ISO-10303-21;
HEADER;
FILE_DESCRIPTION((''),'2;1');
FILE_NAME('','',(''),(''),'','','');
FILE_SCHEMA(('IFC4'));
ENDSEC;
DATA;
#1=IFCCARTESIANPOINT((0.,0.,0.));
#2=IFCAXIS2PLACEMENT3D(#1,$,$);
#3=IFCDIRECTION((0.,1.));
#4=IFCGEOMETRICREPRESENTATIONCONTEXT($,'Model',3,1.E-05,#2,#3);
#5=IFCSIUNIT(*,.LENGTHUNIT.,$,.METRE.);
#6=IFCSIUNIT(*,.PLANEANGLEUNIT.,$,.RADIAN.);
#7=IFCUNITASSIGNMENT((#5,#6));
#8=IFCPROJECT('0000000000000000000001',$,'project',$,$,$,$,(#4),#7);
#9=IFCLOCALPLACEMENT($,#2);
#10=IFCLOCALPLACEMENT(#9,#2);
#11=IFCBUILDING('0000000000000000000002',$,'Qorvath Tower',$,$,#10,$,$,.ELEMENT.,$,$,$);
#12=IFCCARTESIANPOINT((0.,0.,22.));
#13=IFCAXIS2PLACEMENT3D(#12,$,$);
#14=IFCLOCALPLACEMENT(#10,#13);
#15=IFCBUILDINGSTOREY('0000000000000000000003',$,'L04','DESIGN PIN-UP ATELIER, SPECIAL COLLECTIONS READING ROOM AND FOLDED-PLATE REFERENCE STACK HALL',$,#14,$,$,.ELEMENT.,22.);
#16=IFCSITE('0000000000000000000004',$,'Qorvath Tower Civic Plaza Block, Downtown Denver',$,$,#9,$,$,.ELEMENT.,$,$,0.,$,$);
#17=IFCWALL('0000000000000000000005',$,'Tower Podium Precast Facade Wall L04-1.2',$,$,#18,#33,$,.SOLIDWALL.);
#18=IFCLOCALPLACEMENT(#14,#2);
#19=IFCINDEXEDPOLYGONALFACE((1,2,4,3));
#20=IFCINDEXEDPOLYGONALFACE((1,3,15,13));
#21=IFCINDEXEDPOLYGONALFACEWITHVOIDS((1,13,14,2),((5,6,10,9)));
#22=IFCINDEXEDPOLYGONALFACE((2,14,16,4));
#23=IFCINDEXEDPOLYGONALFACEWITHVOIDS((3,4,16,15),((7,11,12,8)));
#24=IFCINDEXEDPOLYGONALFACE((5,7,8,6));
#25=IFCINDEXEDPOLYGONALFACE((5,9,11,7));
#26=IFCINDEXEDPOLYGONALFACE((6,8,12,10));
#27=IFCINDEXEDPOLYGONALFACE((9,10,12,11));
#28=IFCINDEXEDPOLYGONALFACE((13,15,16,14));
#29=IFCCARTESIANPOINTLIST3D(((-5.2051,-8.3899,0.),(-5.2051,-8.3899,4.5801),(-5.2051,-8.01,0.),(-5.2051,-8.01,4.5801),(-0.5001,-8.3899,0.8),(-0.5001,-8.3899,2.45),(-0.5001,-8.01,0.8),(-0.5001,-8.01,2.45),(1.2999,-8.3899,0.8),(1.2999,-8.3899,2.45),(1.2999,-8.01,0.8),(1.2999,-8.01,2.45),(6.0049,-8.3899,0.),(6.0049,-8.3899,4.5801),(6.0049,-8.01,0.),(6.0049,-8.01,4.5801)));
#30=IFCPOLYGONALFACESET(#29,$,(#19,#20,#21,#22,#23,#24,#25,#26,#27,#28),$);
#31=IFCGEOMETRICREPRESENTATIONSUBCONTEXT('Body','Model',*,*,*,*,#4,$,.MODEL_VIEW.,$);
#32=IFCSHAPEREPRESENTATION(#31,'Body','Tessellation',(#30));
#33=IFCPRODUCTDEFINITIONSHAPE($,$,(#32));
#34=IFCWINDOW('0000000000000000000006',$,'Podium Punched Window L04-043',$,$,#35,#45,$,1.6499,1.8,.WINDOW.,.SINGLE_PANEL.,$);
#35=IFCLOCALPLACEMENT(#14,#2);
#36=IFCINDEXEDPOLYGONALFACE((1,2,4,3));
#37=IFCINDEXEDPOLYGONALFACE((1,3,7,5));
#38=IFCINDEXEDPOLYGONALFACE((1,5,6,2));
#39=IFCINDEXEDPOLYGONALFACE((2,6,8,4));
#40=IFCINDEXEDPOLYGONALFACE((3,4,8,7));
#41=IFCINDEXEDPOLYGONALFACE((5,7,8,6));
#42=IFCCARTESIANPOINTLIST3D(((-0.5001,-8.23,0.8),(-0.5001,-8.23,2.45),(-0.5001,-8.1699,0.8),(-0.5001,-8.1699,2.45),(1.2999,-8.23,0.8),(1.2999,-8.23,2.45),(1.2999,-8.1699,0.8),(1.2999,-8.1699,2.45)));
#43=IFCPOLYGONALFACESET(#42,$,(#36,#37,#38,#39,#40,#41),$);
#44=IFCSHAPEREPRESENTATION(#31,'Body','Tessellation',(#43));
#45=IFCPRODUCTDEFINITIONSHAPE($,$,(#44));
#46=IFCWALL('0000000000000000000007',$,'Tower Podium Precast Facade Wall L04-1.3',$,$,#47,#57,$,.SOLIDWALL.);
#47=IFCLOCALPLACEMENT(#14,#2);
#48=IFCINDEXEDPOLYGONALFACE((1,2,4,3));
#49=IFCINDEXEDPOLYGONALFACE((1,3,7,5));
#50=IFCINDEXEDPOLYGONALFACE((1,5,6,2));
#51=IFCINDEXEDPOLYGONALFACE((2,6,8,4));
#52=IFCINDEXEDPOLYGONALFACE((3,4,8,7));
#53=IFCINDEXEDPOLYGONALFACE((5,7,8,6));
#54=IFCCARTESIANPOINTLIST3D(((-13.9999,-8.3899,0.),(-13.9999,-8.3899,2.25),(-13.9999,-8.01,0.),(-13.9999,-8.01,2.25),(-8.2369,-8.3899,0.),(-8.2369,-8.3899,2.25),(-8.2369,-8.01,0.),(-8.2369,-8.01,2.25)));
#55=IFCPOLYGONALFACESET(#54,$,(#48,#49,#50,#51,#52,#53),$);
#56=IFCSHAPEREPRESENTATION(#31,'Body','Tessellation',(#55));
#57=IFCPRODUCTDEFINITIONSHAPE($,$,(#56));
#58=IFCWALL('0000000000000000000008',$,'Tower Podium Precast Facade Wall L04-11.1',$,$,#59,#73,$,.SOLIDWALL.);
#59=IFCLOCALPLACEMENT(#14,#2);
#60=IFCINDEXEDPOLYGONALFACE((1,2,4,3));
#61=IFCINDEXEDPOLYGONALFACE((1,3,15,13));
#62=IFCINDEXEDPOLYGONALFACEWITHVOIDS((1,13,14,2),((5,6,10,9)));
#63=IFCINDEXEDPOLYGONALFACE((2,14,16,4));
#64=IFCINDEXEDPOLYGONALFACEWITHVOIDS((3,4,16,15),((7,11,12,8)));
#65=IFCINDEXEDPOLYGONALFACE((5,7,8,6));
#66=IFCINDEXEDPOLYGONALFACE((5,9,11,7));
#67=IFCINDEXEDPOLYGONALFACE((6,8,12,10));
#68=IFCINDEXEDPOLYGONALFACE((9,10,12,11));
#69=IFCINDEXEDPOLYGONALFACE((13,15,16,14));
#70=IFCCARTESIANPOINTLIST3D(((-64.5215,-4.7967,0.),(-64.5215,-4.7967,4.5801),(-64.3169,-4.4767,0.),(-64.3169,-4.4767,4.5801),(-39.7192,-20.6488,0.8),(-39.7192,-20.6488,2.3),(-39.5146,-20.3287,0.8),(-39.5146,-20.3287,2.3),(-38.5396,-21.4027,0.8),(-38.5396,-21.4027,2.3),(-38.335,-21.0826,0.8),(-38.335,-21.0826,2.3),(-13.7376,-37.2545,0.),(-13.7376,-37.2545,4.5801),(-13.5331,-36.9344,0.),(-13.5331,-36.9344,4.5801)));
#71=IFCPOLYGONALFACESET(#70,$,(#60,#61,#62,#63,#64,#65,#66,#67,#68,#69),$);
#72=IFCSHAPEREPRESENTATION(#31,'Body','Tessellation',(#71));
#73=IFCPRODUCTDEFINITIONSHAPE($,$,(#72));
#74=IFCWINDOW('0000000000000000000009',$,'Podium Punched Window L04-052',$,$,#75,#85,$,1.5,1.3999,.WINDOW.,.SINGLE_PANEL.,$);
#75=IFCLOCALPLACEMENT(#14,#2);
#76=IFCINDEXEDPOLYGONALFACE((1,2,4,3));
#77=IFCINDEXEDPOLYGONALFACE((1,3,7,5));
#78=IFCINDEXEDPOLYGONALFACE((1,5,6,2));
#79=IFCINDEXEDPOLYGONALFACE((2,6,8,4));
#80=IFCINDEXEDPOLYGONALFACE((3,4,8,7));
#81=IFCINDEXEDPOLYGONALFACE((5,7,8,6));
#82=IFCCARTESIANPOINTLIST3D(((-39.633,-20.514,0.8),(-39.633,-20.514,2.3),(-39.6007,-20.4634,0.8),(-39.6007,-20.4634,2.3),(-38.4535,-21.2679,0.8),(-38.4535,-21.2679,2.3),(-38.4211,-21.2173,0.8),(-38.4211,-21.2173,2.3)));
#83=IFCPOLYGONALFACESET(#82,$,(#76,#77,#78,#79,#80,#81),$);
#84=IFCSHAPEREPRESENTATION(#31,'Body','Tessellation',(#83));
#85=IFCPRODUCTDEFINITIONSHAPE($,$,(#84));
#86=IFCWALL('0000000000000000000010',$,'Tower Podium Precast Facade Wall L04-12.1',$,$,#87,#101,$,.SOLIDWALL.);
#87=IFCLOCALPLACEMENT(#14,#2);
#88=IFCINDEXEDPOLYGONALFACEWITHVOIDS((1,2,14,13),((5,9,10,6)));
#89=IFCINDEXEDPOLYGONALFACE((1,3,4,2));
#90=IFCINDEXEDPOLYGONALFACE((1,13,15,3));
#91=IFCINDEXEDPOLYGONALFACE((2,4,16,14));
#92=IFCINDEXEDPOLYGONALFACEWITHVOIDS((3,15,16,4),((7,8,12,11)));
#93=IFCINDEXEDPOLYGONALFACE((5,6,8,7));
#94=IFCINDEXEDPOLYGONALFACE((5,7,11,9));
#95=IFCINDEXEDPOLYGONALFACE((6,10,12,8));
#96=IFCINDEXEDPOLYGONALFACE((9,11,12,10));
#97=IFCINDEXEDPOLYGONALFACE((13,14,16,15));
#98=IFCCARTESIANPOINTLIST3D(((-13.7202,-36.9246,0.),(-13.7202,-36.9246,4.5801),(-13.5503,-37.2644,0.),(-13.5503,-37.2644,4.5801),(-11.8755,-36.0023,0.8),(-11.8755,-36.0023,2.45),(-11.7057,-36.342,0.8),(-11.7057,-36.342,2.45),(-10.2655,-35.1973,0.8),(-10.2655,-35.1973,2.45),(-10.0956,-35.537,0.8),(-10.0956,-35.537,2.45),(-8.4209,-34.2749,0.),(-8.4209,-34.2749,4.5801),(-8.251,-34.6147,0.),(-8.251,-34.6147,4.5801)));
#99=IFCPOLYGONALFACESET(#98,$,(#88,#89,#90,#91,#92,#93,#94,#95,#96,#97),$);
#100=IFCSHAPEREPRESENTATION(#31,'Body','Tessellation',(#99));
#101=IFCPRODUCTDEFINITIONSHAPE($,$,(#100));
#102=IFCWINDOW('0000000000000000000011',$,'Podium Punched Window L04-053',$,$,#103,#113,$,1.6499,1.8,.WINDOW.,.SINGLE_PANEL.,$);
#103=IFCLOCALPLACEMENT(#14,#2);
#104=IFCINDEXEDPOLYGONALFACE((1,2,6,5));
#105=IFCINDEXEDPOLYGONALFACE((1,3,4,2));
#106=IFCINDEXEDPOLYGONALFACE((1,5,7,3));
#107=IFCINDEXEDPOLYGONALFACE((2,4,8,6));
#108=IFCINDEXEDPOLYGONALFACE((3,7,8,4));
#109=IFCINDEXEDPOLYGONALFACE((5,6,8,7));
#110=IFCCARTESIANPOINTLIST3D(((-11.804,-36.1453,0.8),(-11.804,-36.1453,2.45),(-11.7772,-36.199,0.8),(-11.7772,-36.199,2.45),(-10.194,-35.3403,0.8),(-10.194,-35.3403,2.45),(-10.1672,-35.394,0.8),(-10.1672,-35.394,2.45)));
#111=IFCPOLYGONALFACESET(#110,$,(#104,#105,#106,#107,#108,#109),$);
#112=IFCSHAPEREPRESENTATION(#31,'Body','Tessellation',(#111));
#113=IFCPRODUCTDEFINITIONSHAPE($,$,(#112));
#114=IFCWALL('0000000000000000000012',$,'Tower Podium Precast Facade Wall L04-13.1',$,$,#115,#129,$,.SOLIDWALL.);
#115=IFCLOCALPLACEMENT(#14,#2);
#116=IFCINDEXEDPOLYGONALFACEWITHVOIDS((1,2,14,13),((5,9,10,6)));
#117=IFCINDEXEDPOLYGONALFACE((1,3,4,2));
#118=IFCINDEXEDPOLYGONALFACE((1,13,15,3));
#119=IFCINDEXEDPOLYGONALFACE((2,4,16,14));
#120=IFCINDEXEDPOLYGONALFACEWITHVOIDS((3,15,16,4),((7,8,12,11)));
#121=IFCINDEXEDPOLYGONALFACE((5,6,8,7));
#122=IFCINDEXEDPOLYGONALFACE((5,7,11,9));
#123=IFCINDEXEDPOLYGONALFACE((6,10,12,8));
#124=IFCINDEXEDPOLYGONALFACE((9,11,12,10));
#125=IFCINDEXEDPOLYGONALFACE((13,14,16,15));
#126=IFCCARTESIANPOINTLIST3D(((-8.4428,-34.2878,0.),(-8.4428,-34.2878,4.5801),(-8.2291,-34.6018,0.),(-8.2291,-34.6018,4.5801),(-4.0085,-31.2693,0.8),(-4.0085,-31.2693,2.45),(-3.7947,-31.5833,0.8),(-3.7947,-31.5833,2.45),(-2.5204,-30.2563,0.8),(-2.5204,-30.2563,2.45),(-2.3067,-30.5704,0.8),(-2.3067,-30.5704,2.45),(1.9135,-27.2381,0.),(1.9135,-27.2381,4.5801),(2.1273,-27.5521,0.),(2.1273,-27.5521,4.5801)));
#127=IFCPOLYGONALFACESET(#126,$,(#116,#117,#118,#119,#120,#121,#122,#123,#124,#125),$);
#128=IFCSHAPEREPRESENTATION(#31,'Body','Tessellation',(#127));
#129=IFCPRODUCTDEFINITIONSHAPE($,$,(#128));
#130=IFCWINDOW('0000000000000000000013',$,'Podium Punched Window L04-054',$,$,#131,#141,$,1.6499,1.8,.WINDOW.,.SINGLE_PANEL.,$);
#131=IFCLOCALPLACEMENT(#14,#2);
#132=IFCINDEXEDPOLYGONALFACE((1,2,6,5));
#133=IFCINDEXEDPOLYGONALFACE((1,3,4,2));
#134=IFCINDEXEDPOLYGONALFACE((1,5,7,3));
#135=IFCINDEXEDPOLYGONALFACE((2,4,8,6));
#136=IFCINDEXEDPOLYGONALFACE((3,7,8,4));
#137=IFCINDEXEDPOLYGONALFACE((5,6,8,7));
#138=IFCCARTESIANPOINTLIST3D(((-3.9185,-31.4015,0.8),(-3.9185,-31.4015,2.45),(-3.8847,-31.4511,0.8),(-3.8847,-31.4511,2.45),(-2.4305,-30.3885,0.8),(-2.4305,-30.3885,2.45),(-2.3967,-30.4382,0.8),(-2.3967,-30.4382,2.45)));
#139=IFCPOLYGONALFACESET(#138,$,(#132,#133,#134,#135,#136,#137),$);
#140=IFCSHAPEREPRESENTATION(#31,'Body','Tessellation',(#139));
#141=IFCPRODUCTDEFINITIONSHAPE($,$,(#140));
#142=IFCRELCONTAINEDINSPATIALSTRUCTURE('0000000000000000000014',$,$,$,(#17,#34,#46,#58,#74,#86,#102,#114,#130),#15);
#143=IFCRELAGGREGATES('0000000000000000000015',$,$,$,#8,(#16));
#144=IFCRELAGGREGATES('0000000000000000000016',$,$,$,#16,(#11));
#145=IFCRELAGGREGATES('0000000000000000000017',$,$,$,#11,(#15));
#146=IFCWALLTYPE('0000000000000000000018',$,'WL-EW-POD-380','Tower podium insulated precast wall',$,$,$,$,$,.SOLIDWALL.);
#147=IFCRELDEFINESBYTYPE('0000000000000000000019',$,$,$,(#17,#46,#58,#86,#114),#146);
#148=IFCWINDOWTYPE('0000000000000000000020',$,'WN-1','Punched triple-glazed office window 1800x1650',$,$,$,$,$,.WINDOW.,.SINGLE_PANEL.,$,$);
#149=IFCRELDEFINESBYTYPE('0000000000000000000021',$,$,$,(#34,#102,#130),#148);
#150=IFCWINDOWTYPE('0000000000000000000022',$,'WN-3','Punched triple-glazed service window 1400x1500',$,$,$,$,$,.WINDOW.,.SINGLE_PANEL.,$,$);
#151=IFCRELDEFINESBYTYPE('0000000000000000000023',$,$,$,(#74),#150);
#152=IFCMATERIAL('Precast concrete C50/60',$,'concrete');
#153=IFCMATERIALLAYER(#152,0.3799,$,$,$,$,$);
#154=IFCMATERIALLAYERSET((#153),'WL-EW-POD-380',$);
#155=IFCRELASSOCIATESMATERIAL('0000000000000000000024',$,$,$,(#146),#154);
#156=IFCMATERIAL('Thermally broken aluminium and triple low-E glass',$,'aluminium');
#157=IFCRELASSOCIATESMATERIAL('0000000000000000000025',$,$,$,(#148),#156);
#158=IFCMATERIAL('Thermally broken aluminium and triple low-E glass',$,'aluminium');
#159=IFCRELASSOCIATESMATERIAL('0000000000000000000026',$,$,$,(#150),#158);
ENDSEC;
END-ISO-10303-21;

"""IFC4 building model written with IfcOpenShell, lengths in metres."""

from ifc_helpers import new_model, si_unit, direction, frame, frame_2d, origin, place, context, subcontext, project, spatial, rectangle, extrude, material, layer, layer_set, type_object, element, fill, save


model = new_model("IFC4")

# Units and contexts
model_context = context("Model", 3, precision=1e-05, world=origin(), true_north=direction((0.0, 1.0)))
body_context = subcontext(model_context, "Body", "Model", "MODEL_VIEW")
ifc_project = project(units=[si_unit("LENGTHUNIT", "METRE"), si_unit("PLANEANGLEUNIT", "RADIAN")], contexts=[model_context])

# Site, building, storey
site_placement = place(None, origin())
site = spatial("IfcSite", under=ifc_project, at=site_placement, Name="Qorvath Tower Civic Plaza Block, Downtown Denver", CompositionType="ELEMENT", RefElevation=0.0)
building_placement = place(site_placement, origin())
building = spatial("IfcBuilding", under=site, at=building_placement, Name="Qorvath Tower", CompositionType="ELEMENT")
storey_placement = place(building_placement, frame((0.0, 0.0, 22.0)))
storey = spatial("IfcBuildingStorey", under=building, at=storey_placement, Name="L04", Description="DESIGN PIN-UP ATELIER, SPECIAL COLLECTIONS READING ROOM AND FOLDED-PLATE REFERENCE STACK HALL", CompositionType="ELEMENT", Elevation=22.0)

# Wall, opening, window
ifc_material_1 = material(Name="Precast concrete C50/60", Category="concrete")
ifc_layer_1 = layer(ifc_material_1, 0.3799)
ifc_layer_set_1 = layer_set([ifc_layer_1], Name="WL-EW-POD-380")
wall_type_1 = type_object("IfcWallType", Name="WL-EW-POD-380", Description="Tower podium insulated precast wall", PredefinedType="SOLIDWALL", material=ifc_layer_set_1)
wall_1_placement = place(storey_placement, frame((6.0049, -8.2, 0.0), z_axis=(0.0, 0.0, 1.0), x_axis=(-1.0, 0.0, 0.0)))
wall_1 = element("IfcWall", 1, at=wall_1_placement, inside=storey, type_object=wall_type_1, Name="Tower Podium Precast Facade Wall L04-1.2", PredefinedType="SOLIDWALL", context=body_context, shape_type="SweptSolid", body=[
    extrude(rectangle(XDim=11.21, YDim=0.3799, at=frame_2d((5.605, 0.0))), origin(), (0.0, 0.0, 1.0), 4.5801),
])
opening_1_placement = place(wall_1_placement, frame((4.7051, 0.0, 0.8)))
opening_1 = element("IfcOpeningElement", 2, at=opening_1_placement, cuts=wall_1, PredefinedType="OPENING", context=body_context, shape_type="SweptSolid", body=[
    extrude(rectangle(XDim=1.8, YDim=1.6499, at=frame_2d((0.8999, 0.825))), frame((0.0, 0.2, 0.0), z_axis=(0.0, -1.0, 0.0), x_axis=(1.0, 0.0, 0.0)), (0.0, 0.0, 1.0), 0.3999),
])
ifc_material_2 = material(Name="Thermally broken aluminium and triple low-E glass", Category="aluminium")
window_type_1 = type_object("IfcWindowType", Name="WN-1", Description="Punched triple-glazed office window 1800x1650", PartitioningType="SINGLE_PANEL", PredefinedType="WINDOW", material=ifc_material_2)
window_1_placement = place(opening_1_placement, origin())
window_1 = element("IfcWindow", 3, at=window_1_placement, inside=storey, type_object=window_type_1, Name="Podium Punched Window L04-043", OverallHeight=1.6499, OverallWidth=1.8, PartitioningType="SINGLE_PANEL", PredefinedType="WINDOW", context=body_context, shape_type="SweptSolid", body=[
    extrude(rectangle(XDim=1.8, YDim=1.6499, at=frame_2d((0.8999, 0.825))), frame((0.0, 0.03, 0.0), z_axis=(0.0, -1.0, 0.0), x_axis=(1.0, 0.0, 0.0)), (0.0, 0.0, 1.0), 0.0601),
])
fill(opening_1, window_1)

# Wall
wall_2_placement = place(storey_placement, frame((-8.2371, -8.2, 0.0), z_axis=(0.0, 0.0, 1.0), x_axis=(-1.0, 0.0, 0.0)))
element("IfcWall", 4, at=wall_2_placement, inside=storey, type_object=wall_type_1, Name="Tower Podium Precast Facade Wall L04-1.3", PredefinedType="SOLIDWALL", context=body_context, shape_type="SweptSolid", body=[
    extrude(rectangle(XDim=5.7629, YDim=0.3799, at=frame_2d((2.8813, 0.0))), origin(), (0.0, 0.0, 1.0), 2.25),
])

# Walls, openings, windows
wall_3_placement = place(storey_placement, frame((-13.6353, -37.0945, 0.0), z_axis=(0.0, 0.0, 1.0), x_axis=(-0.842602, 0.538536, 0.0)))
wall_3 = element("IfcWall", 5, at=wall_3_placement, inside=storey, type_object=wall_type_1, Name="Tower Podium Precast Facade Wall L04-11.1", PredefinedType="SOLIDWALL", context=body_context, shape_type="SweptSolid", body=[
    extrude(rectangle(XDim=60.2703, YDim=0.3799, at=frame_2d((30.1353, 0.0))), origin(), (0.0, 0.0, 1.0), 4.5801),
])
opening_2_placement = place(wall_3_placement, frame((29.4351, 0.0, 0.8)))
opening_2 = element("IfcOpeningElement", 6, at=opening_2_placement, cuts=wall_3, PredefinedType="OPENING", context=body_context, shape_type="SweptSolid", body=[
    extrude(rectangle(XDim=1.3999, YDim=1.5, at=frame_2d((0.7, 0.75))), frame((0.0, 0.2, 0.0), z_axis=(0.0, -1.0, 0.0), x_axis=(1.0, 0.0, 0.0)), (0.0, 0.0, 1.0), 0.3999),
])
ifc_material_3 = material(Name="Thermally broken aluminium and triple low-E glass", Category="aluminium")
window_type_2 = type_object("IfcWindowType", Name="WN-3", Description="Punched triple-glazed service window 1400x1500", PartitioningType="SINGLE_PANEL", PredefinedType="WINDOW", material=ifc_material_3)
window_2_placement = place(opening_2_placement, origin())
window_2 = element("IfcWindow", 7, at=window_2_placement, inside=storey, type_object=window_type_2, Name="Podium Punched Window L04-052", OverallHeight=1.5, OverallWidth=1.3999, PartitioningType="SINGLE_PANEL", PredefinedType="WINDOW", context=body_context, shape_type="SweptSolid", body=[
    extrude(rectangle(XDim=1.3999, YDim=1.5, at=frame_2d((0.7, 0.75))), frame((0.0, 0.03, 0.0), z_axis=(0.0, -1.0, 0.0), x_axis=(1.0, 0.0, 0.0)), (0.0, 0.0, 1.0), 0.0601),
])
fill(opening_2, window_2)
wall_4_placement = place(storey_placement, frame((-8.3359, -34.4448, 0.0), z_axis=(0.0, 0.0, 1.0), x_axis=(-0.894427, -0.447214, 0.0)))
wall_4 = element("IfcWall", 8, at=wall_4_placement, inside=storey, type_object=wall_type_1, Name="Tower Podium Precast Facade Wall L04-12.1", PredefinedType="SOLIDWALL", context=body_context, shape_type="SweptSolid", body=[
    extrude(rectangle(XDim=5.9248, YDim=0.3799, at=frame_2d((2.9624, 0.0))), origin(), (0.0, 0.0, 1.0), 4.5801),
])
opening_3_placement = place(wall_4_placement, frame((2.0625, 0.0, 0.8)))
opening_3 = element("IfcOpeningElement", 9, at=opening_3_placement, cuts=wall_4, PredefinedType="OPENING", context=body_context, shape_type="SweptSolid", body=[
    extrude(rectangle(XDim=1.8, YDim=1.6499, at=frame_2d((0.8999, 0.825))), frame((0.0, 0.2, 0.0), z_axis=(0.0, -1.0, 0.0), x_axis=(1.0, 0.0, 0.0)), (0.0, 0.0, 1.0), 0.3999),
])
window_3_placement = place(opening_3_placement, origin())
window_3 = element("IfcWindow", 10, at=window_3_placement, inside=storey, type_object=window_type_1, Name="Podium Punched Window L04-053", OverallHeight=1.6499, OverallWidth=1.8, PartitioningType="SINGLE_PANEL", PredefinedType="WINDOW", context=body_context, shape_type="SweptSolid", body=[
    extrude(rectangle(XDim=1.8, YDim=1.6499, at=frame_2d((0.8999, 0.825))), frame((0.0, 0.03, 0.0), z_axis=(0.0, -1.0, 0.0), x_axis=(1.0, 0.0, 0.0)), (0.0, 0.0, 1.0), 0.0601),
])
fill(opening_3, window_3)
wall_5_placement = place(storey_placement, frame((2.0205, -27.395, 0.0), z_axis=(0.0, 0.0, 1.0), x_axis=(-0.826651, -0.562715, 0.0)))
wall_5 = element("IfcWall", 11, at=wall_5_placement, inside=storey, type_object=wall_type_1, Name="Tower Podium Precast Facade Wall L04-13.1", PredefinedType="SOLIDWALL", context=body_context, shape_type="SweptSolid", body=[
    extrude(rectangle(XDim=12.5281, YDim=0.3799, at=frame_2d((6.2642, 0.0))), origin(), (0.0, 0.0, 1.0), 4.5801),
])
opening_4_placement = place(wall_5_placement, frame((5.364, 0.0, 0.8)))
opening_4 = element("IfcOpeningElement", 12, at=opening_4_placement, cuts=wall_5, PredefinedType="OPENING", context=body_context, shape_type="SweptSolid", body=[
    extrude(rectangle(XDim=1.8, YDim=1.6499, at=frame_2d((0.8999, 0.825))), frame((0.0, 0.2, 0.0), z_axis=(0.0, -1.0, 0.0), x_axis=(1.0, 0.0, 0.0)), (0.0, 0.0, 1.0), 0.3999),
])
window_4_placement = place(opening_4_placement, origin())
window_4 = element("IfcWindow", 13, at=window_4_placement, inside=storey, type_object=window_type_1, Name="Podium Punched Window L04-054", OverallHeight=1.6499, OverallWidth=1.8, PartitioningType="SINGLE_PANEL", PredefinedType="WINDOW", context=body_context, shape_type="SweptSolid", body=[
    extrude(rectangle(XDim=1.8, YDim=1.6499, at=frame_2d((0.8999, 0.825))), frame((0.0, 0.03, 0.0), z_axis=(0.0, -1.0, 0.0), x_axis=(1.0, 0.0, 0.0)), (0.0, 0.0, 1.0), 0.0601),
])
fill(opening_4, window_4)

save(model, "model.ifc")
